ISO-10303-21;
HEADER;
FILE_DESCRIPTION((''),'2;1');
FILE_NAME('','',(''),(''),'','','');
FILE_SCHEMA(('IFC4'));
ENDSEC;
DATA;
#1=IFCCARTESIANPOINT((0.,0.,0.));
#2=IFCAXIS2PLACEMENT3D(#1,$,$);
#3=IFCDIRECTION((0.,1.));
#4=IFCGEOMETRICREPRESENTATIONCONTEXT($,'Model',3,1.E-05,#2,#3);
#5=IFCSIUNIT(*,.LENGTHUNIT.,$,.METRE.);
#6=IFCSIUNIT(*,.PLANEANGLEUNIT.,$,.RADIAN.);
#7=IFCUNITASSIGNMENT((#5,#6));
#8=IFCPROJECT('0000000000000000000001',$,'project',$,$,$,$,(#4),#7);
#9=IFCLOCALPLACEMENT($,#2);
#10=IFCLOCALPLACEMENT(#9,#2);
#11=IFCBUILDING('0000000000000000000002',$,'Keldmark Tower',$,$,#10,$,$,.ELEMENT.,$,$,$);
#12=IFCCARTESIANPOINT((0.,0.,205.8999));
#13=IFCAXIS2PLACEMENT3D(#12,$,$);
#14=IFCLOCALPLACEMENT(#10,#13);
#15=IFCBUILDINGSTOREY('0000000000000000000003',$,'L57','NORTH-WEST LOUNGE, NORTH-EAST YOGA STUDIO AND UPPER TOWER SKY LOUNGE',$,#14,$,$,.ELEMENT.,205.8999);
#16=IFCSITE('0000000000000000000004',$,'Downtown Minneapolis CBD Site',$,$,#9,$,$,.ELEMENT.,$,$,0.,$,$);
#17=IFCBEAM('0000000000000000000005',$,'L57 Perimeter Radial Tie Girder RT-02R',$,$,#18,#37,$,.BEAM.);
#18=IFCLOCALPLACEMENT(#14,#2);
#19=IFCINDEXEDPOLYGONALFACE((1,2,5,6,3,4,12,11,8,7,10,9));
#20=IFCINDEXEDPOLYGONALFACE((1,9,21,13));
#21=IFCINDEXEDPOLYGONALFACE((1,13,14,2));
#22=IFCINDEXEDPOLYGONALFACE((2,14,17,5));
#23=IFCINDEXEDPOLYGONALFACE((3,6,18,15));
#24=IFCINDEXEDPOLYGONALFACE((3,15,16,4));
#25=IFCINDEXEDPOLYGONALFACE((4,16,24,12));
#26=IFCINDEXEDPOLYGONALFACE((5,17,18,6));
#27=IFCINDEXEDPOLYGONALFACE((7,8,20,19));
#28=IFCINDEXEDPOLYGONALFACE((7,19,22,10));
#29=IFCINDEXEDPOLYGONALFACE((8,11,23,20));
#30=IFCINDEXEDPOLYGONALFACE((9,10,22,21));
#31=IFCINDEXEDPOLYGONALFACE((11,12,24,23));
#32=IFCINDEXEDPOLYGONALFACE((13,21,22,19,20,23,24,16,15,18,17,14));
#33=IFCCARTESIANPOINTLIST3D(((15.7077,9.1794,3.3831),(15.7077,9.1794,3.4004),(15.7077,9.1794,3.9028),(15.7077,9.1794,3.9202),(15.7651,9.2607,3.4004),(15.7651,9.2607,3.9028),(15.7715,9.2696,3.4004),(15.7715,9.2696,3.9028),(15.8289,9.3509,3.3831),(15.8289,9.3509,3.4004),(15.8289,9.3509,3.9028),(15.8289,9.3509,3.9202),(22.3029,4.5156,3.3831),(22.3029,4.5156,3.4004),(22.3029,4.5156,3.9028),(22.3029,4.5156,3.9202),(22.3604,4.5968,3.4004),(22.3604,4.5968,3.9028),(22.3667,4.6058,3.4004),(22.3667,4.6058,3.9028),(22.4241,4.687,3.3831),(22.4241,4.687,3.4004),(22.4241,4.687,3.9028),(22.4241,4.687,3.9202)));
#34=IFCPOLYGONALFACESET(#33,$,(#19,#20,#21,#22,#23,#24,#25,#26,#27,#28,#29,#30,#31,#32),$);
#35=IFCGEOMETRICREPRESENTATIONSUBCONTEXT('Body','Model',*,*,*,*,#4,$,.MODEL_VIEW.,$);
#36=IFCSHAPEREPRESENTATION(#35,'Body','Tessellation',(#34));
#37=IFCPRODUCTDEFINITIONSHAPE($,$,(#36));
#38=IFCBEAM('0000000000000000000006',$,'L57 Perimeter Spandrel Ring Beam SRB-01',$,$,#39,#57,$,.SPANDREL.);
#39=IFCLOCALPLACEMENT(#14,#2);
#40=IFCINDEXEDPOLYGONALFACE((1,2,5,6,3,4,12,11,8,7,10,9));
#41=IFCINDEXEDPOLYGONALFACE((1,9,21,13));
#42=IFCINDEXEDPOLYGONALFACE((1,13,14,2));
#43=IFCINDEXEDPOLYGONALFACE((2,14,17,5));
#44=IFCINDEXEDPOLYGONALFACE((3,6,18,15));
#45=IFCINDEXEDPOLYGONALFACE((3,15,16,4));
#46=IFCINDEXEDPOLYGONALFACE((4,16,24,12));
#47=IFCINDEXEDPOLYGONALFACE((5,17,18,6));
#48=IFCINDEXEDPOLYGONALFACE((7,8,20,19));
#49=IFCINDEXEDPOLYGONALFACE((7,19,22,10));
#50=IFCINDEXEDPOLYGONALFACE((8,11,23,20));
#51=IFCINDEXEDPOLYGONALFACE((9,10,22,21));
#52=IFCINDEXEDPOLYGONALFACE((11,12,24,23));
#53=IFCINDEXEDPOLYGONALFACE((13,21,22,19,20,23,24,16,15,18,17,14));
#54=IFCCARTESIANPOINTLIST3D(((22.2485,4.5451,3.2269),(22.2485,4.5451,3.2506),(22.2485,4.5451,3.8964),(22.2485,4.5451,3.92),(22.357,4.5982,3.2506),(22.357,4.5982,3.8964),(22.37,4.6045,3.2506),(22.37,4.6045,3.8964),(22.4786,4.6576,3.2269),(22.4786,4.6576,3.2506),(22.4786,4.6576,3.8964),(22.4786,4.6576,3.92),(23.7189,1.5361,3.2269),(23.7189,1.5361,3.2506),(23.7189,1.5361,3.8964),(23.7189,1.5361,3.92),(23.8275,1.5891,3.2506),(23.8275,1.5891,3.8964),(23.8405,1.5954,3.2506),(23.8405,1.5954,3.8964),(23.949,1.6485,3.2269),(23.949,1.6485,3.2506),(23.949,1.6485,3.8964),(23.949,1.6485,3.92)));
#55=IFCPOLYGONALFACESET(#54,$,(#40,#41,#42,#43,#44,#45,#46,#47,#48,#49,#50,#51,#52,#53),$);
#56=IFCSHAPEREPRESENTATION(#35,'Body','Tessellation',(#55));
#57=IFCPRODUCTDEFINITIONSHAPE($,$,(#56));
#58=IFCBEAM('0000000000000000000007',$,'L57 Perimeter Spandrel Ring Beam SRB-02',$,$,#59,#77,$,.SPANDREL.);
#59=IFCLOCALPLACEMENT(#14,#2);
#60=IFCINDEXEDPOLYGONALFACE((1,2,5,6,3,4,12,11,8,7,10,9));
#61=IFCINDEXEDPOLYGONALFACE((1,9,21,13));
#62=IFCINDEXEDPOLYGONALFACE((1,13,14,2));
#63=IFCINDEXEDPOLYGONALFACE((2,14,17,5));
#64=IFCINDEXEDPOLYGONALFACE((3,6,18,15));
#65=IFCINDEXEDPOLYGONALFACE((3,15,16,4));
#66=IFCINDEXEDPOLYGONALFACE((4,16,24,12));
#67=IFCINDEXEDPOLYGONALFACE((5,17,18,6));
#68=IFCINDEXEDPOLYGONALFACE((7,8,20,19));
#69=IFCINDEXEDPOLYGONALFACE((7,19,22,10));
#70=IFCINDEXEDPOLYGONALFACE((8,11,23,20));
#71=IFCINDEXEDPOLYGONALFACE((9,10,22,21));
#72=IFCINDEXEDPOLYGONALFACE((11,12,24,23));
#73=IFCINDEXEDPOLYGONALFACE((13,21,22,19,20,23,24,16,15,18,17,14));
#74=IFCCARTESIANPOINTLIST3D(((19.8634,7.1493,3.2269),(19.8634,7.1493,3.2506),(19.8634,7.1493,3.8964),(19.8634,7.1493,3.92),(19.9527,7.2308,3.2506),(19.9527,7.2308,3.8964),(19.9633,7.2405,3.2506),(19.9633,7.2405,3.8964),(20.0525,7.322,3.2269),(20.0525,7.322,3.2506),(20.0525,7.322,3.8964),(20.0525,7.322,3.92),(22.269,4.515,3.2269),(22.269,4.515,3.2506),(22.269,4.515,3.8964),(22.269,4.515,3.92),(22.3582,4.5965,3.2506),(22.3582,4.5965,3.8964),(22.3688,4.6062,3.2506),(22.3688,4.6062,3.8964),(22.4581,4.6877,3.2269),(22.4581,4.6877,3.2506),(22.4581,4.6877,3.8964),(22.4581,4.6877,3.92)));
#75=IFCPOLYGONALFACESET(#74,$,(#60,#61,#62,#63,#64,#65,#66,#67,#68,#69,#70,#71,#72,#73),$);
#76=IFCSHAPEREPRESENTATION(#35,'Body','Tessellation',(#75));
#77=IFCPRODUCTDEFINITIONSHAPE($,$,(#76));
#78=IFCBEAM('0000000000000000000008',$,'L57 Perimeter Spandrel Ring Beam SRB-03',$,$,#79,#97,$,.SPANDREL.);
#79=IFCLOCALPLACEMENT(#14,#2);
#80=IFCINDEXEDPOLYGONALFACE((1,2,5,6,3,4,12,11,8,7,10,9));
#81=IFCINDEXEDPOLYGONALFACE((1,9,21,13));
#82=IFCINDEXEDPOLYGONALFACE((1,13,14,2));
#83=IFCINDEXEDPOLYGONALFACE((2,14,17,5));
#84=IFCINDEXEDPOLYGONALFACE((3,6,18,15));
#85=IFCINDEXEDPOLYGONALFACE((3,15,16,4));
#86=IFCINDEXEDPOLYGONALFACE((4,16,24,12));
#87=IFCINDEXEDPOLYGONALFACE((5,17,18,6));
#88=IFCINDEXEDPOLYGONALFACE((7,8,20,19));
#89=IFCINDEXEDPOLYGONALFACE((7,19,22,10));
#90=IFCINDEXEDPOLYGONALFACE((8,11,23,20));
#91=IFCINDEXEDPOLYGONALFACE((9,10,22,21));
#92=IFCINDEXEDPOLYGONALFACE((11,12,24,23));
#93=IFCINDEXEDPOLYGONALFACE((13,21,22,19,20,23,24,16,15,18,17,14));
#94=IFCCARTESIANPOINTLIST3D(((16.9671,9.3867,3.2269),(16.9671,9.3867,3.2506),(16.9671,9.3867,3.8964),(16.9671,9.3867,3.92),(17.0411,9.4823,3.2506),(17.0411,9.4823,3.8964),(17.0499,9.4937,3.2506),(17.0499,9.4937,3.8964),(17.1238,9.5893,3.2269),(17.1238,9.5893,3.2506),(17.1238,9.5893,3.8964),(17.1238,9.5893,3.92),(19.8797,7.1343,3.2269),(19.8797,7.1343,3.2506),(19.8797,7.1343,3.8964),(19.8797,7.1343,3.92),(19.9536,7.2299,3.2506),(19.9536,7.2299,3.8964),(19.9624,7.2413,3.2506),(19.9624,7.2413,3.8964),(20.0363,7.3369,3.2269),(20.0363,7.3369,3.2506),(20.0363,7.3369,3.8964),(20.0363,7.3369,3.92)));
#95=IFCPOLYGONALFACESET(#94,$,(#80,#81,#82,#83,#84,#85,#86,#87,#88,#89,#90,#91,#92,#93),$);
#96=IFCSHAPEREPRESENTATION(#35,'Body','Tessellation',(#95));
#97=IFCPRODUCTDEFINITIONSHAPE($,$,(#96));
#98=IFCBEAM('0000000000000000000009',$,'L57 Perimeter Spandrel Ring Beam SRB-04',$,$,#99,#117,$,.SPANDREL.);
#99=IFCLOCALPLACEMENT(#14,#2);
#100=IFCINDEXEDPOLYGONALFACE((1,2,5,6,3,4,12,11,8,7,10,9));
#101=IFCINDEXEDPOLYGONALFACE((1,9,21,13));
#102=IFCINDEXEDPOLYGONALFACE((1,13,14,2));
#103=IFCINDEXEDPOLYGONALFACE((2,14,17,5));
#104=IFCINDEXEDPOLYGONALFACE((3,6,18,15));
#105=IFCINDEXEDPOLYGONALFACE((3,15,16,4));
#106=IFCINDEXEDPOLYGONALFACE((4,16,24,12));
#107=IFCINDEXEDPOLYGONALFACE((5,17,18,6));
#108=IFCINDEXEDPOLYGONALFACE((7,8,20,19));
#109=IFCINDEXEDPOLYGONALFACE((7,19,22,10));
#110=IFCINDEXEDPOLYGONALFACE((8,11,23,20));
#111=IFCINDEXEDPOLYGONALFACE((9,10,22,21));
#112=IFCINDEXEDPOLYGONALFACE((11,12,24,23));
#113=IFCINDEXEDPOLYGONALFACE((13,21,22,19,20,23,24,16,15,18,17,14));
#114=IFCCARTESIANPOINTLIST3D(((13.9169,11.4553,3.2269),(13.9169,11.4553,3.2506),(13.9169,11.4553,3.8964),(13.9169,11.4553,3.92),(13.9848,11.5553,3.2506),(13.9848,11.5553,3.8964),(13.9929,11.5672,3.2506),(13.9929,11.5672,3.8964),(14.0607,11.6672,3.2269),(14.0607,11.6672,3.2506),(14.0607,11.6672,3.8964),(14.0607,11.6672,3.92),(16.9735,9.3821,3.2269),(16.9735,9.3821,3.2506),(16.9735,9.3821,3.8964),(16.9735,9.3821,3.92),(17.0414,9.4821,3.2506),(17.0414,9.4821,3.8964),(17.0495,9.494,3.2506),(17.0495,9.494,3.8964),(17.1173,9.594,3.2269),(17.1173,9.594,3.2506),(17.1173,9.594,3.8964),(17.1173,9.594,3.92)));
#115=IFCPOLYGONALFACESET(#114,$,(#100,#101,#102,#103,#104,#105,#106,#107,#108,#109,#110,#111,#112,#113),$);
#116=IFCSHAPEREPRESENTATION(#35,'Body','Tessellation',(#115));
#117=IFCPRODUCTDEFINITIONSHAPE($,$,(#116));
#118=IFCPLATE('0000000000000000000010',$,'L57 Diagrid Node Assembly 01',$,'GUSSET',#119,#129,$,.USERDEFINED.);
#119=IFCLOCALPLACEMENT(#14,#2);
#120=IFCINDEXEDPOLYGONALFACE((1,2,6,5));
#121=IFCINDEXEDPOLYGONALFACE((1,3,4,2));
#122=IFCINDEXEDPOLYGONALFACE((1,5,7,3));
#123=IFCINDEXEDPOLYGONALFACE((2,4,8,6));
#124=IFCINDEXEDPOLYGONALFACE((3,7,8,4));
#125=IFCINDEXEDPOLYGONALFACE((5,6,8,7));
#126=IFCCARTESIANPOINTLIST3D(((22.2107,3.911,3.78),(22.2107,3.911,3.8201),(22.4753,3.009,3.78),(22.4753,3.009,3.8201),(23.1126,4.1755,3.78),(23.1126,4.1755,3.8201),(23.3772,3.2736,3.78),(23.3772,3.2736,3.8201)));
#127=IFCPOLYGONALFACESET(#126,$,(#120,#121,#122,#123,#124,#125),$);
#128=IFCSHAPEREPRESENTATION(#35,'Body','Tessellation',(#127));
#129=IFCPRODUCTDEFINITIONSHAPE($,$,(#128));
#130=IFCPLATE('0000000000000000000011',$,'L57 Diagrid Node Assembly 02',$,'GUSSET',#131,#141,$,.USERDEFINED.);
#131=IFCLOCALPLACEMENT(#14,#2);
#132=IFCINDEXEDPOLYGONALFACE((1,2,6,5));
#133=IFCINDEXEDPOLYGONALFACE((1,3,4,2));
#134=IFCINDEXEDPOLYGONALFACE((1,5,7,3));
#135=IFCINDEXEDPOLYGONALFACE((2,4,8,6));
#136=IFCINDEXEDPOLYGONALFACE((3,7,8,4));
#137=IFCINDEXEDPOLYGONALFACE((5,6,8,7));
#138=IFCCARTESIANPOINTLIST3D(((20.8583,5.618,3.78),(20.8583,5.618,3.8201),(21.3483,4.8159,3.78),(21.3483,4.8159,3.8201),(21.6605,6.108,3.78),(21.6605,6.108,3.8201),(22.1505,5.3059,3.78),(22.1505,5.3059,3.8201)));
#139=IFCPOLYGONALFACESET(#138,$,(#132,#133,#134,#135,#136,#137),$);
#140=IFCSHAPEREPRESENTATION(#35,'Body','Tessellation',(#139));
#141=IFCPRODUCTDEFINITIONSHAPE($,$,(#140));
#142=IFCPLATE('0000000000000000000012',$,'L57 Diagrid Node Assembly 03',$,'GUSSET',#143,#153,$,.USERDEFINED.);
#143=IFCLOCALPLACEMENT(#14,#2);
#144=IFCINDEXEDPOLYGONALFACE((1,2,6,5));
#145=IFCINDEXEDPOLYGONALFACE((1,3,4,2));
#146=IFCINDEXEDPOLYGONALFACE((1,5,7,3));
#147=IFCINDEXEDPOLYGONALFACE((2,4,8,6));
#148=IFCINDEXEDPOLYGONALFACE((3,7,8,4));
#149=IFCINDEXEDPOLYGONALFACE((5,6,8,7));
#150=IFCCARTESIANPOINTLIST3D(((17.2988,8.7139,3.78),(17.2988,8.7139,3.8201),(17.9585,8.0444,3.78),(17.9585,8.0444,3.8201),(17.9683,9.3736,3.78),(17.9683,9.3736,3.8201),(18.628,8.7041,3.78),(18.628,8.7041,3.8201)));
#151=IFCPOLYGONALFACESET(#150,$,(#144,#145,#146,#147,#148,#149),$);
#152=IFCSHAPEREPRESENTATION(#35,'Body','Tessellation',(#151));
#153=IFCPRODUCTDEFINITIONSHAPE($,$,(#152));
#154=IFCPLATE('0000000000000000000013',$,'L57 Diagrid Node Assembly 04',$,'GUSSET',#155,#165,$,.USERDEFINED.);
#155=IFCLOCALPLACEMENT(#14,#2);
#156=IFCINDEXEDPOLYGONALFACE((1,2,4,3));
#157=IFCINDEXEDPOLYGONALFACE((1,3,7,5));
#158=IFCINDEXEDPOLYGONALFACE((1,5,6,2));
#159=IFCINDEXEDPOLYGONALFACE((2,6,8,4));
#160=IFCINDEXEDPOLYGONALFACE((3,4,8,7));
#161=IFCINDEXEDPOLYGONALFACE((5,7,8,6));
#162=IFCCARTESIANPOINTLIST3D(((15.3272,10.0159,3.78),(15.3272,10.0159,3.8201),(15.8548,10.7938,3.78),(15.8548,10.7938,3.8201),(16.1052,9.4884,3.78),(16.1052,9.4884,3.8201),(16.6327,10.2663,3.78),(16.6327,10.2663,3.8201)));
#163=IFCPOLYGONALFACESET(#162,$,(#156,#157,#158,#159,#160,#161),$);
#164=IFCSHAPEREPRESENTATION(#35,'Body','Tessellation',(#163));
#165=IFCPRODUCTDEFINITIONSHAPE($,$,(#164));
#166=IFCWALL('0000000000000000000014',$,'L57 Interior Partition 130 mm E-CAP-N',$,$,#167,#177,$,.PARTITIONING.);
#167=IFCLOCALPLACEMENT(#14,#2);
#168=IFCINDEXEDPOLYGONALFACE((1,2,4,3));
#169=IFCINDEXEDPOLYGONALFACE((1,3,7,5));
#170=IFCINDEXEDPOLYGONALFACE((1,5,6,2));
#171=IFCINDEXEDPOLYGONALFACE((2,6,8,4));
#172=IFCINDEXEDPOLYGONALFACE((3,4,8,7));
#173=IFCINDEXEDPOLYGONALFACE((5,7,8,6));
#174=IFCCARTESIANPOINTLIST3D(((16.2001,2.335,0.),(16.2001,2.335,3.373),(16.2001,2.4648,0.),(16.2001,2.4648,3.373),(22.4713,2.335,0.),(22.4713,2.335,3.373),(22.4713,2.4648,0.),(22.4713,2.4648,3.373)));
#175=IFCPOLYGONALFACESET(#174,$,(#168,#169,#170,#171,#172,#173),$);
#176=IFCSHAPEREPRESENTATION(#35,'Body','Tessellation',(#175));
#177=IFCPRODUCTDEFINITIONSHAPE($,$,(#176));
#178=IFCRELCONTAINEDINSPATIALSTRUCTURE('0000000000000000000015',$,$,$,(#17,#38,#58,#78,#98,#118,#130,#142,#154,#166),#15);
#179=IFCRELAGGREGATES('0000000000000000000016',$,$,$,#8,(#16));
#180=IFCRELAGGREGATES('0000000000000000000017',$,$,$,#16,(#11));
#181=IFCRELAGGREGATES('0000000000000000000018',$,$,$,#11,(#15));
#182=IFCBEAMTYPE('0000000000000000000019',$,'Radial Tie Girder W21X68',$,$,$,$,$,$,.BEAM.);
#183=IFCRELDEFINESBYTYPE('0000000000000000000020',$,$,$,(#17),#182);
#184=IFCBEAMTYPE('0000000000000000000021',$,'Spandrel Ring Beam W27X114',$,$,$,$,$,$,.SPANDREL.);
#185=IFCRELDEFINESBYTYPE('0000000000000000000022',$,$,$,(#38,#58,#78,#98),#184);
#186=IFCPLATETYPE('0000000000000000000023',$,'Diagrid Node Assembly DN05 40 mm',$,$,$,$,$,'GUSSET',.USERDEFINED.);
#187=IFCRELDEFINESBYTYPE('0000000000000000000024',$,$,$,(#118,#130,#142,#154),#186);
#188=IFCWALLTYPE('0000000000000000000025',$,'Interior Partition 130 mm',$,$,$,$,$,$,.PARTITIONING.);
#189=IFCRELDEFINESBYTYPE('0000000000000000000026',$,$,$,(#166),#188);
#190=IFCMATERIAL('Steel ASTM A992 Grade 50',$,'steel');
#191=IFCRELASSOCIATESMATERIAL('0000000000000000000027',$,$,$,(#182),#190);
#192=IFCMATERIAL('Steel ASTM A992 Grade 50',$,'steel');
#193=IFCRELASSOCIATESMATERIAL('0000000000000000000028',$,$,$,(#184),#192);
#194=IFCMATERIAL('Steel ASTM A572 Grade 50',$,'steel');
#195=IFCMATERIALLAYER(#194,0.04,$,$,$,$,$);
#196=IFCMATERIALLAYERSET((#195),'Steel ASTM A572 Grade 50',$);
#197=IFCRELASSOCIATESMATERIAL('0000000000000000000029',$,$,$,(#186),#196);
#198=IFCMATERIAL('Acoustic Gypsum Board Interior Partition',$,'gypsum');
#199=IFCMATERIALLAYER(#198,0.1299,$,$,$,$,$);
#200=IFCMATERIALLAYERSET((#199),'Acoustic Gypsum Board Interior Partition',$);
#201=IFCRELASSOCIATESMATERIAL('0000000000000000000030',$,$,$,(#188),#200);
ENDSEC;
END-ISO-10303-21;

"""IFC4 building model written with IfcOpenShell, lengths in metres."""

from ifc_helpers import new_model, si_unit, direction, frame, frame_2d, origin, origin_2d, place, context, subcontext, project, spatial, rectangle, i_section, extrude, material, layer, layer_set, material_profile, profile_set, type_object, element, save


model = new_model("IFC4")

# Units and contexts
model_context = context("Model", 3, precision=1e-05, world=origin(), true_north=direction((0.0, 1.0)))
body_context = subcontext(model_context, "Body", "Model", "MODEL_VIEW")
ifc_project = project(units=[si_unit("LENGTHUNIT", "METRE"), si_unit("PLANEANGLEUNIT", "RADIAN")], contexts=[model_context])

# Site, building, storey
site_placement = place(None, origin())
site = spatial("IfcSite", under=ifc_project, at=site_placement, Name="Downtown Minneapolis CBD Site", CompositionType="ELEMENT", RefElevation=0.0)
building_placement = place(site_placement, origin())
building = spatial("IfcBuilding", under=site, at=building_placement, Name="Keldmark Tower", CompositionType="ELEMENT")
storey_placement = place(building_placement, frame((0.0, 0.0, 205.8999)))
storey = spatial("IfcBuildingStorey", under=building, at=storey_placement, Name="L57", Description="NORTH-WEST LOUNGE, NORTH-EAST YOGA STUDIO AND UPPER TOWER SKY LOUNGE", CompositionType="ELEMENT", Elevation=205.8999)

# Beams
ifc_material_1 = material(Name="Steel ASTM A992 Grade 50", Category="steel")
ifc_material_profile_1 = material_profile(ifc_material_1, i_section(OverallWidth=0.21, OverallDepth=0.5371, WebThickness=0.011, FlangeThickness=0.0173, at=origin_2d()), Name="W21X68")
ifc_profile_set_1 = profile_set([ifc_material_profile_1], Name="Steel ASTM A992 Grade 50")
beam_type_1 = type_object("IfcBeamType", Name="Radial Tie Girder W21X68", PredefinedType="BEAM", material=ifc_profile_set_1)
beam_1_placement = place(storey_placement, frame((15.7683, 9.2651, 3.6516), z_axis=(0.816479, -0.577375, 0.0), x_axis=(0.577375, 0.816479, 0.0)))
element("IfcBeam", 1, at=beam_1_placement, inside=storey, type_object=beam_type_1, Name="L57 Perimeter Radial Tie Girder RT-02R", PredefinedType="BEAM", context=body_context, shape_type="SweptSolid", body=[
    extrude(i_section(OverallWidth=0.21, OverallDepth=0.5371, WebThickness=0.011, FlangeThickness=0.0173, at=origin_2d()), origin(), (0.0, 0.0, 1.0), 8.0776),
])
ifc_material_2 = material(Name="Steel ASTM A992 Grade 50", Category="steel")
ifc_material_profile_2 = material_profile(ifc_material_2, i_section(OverallWidth=0.2561, OverallDepth=0.6931, WebThickness=0.0144, FlangeThickness=0.0237, at=origin_2d()), Name="W27X114")
ifc_profile_set_2 = profile_set([ifc_material_profile_2], Name="Steel ASTM A992 Grade 50")
beam_type_2 = type_object("IfcBeamType", Name="Spandrel Ring Beam W27X114", PredefinedType="SPANDREL", material=ifc_profile_set_2)
beam_2_placement = place(storey_placement, frame((23.834, 1.5923, 3.5735), z_axis=(-0.43906, 0.898458, 0.0), x_axis=(-0.898458, -0.43906, 0.0)))
element("IfcBeam", 2, at=beam_2_placement, inside=storey, type_object=beam_type_2, Name="L57 Perimeter Spandrel Ring Beam SRB-01", PredefinedType="SPANDREL", context=body_context, shape_type="SweptSolid", body=[
    extrude(i_section(OverallWidth=0.2561, OverallDepth=0.6931, WebThickness=0.0144, FlangeThickness=0.0237, at=origin_2d()), origin(), (0.0, 0.0, 1.0), 3.3491),
])
beam_3_placement = place(storey_placement, frame((22.3635, 4.6013, 3.5735), z_axis=(-0.674316, 0.738443, 0.0), x_axis=(-0.738443, -0.674316, 0.0)))
element("IfcBeam", 3, at=beam_3_placement, inside=storey, type_object=beam_type_2, Name="L57 Perimeter Spandrel Ring Beam SRB-02", PredefinedType="SPANDREL", context=body_context, shape_type="SweptSolid", body=[
    extrude(i_section(OverallWidth=0.2561, OverallDepth=0.6931, WebThickness=0.0144, FlangeThickness=0.0237, at=origin_2d()), origin(), (0.0, 0.0, 1.0), 3.5674),
])
beam_4_placement = place(storey_placement, frame((19.958, 7.2356, 3.5735), z_axis=(-0.791049, 0.611753, 0.0), x_axis=(-0.611753, -0.791049, 0.0)))
element("IfcBeam", 4, at=beam_4_placement, inside=storey, type_object=beam_type_2, Name="L57 Perimeter Spandrel Ring Beam SRB-03", PredefinedType="SPANDREL", context=body_context, shape_type="SweptSolid", body=[
    extrude(i_section(OverallWidth=0.2561, OverallDepth=0.6931, WebThickness=0.0144, FlangeThickness=0.0237, at=origin_2d()), origin(), (0.0, 0.0, 1.0), 3.6819),
])
beam_5_placement = place(storey_placement, frame((17.0454, 9.488, 3.5735), z_axis=(-0.82759, 0.561333, 0.0), x_axis=(-0.561333, -0.82759, 0.0)))
element("IfcBeam", 5, at=beam_5_placement, inside=storey, type_object=beam_type_2, Name="L57 Perimeter Spandrel Ring Beam SRB-04", PredefinedType="SPANDREL", context=body_context, shape_type="SweptSolid", body=[
    extrude(i_section(OverallWidth=0.2561, OverallDepth=0.6931, WebThickness=0.0144, FlangeThickness=0.0237, at=origin_2d()), origin(), (0.0, 0.0, 1.0), 3.6934),
])

# Plates
ifc_material_3 = material(Name="Steel ASTM A572 Grade 50", Category="steel")
ifc_layer_1 = layer(ifc_material_3, 0.04)
ifc_layer_set_1 = layer_set([ifc_layer_1], Name="Steel ASTM A572 Grade 50")
plate_type = type_object("IfcPlateType", Name="Diagrid Node Assembly DN05 40 mm", ElementType="GUSSET", PredefinedType="USERDEFINED", material=ifc_layer_set_1)
for number, where, z_axis, x_axis, name in (
    (6, (22.7939, 3.5923, 3.78), (0.0, 0.0, 1.0), (-0.281504, 0.95956, 0.0), "L57 Diagrid Node Assembly 01"),
    (7, (21.5044, 5.4619, 3.78), (0.0, 0.0, 1.0), (-0.521308, 0.853369, 0.0), "L57 Diagrid Node Assembly 02"),
    (8, (17.9634, 8.709, 3.78), (0.0, 0.0, 1.0), (-0.701904, 0.712271, 0.0), "L57 Diagrid Node Assembly 03"),
    (9, (15.98, 10.1411, 3.78), (0.0, 0.0, 1.0), (-0.827669, 0.561217, 0.0), "L57 Diagrid Node Assembly 04"),
):
    element("IfcPlate", number, at=place(storey_placement, frame(where, z_axis=z_axis, x_axis=x_axis)), inside=storey, type_object=plate_type, Name=name, ObjectType="GUSSET", PredefinedType="USERDEFINED", context=body_context, shape_type="SweptSolid", body=[
        extrude(rectangle(XDim=0.9399, YDim=0.9399, at=origin_2d()), origin(), (0.0, 0.0, 1.0), 0.04),
    ])

# Wall
ifc_material_4 = material(Name="Acoustic Gypsum Board Interior Partition", Category="gypsum")
ifc_layer_2 = layer(ifc_material_4, 0.1299)
ifc_layer_set_2 = layer_set([ifc_layer_2], Name="Acoustic Gypsum Board Interior Partition")
wall_type_1 = type_object("IfcWallType", Name="Interior Partition 130 mm", PredefinedType="PARTITIONING", material=ifc_layer_set_2)
wall_1_placement = place(storey_placement, frame((16.2, 2.3999, 0.0), z_axis=(0.0, 0.0, 1.0), x_axis=(1.0, 0.0, 0.0)))
element("IfcWall", 10, at=wall_1_placement, inside=storey, type_object=wall_type_1, Name="L57 Interior Partition 130 mm E-CAP-N", PredefinedType="PARTITIONING", context=body_context, shape_type="SweptSolid", body=[
    extrude(rectangle(XDim=6.2712, YDim=0.1299, at=frame_2d((3.1357, 0.0))), origin(), (0.0, 0.0, 1.0), 3.373),
])

save(model, "model.ifc")
